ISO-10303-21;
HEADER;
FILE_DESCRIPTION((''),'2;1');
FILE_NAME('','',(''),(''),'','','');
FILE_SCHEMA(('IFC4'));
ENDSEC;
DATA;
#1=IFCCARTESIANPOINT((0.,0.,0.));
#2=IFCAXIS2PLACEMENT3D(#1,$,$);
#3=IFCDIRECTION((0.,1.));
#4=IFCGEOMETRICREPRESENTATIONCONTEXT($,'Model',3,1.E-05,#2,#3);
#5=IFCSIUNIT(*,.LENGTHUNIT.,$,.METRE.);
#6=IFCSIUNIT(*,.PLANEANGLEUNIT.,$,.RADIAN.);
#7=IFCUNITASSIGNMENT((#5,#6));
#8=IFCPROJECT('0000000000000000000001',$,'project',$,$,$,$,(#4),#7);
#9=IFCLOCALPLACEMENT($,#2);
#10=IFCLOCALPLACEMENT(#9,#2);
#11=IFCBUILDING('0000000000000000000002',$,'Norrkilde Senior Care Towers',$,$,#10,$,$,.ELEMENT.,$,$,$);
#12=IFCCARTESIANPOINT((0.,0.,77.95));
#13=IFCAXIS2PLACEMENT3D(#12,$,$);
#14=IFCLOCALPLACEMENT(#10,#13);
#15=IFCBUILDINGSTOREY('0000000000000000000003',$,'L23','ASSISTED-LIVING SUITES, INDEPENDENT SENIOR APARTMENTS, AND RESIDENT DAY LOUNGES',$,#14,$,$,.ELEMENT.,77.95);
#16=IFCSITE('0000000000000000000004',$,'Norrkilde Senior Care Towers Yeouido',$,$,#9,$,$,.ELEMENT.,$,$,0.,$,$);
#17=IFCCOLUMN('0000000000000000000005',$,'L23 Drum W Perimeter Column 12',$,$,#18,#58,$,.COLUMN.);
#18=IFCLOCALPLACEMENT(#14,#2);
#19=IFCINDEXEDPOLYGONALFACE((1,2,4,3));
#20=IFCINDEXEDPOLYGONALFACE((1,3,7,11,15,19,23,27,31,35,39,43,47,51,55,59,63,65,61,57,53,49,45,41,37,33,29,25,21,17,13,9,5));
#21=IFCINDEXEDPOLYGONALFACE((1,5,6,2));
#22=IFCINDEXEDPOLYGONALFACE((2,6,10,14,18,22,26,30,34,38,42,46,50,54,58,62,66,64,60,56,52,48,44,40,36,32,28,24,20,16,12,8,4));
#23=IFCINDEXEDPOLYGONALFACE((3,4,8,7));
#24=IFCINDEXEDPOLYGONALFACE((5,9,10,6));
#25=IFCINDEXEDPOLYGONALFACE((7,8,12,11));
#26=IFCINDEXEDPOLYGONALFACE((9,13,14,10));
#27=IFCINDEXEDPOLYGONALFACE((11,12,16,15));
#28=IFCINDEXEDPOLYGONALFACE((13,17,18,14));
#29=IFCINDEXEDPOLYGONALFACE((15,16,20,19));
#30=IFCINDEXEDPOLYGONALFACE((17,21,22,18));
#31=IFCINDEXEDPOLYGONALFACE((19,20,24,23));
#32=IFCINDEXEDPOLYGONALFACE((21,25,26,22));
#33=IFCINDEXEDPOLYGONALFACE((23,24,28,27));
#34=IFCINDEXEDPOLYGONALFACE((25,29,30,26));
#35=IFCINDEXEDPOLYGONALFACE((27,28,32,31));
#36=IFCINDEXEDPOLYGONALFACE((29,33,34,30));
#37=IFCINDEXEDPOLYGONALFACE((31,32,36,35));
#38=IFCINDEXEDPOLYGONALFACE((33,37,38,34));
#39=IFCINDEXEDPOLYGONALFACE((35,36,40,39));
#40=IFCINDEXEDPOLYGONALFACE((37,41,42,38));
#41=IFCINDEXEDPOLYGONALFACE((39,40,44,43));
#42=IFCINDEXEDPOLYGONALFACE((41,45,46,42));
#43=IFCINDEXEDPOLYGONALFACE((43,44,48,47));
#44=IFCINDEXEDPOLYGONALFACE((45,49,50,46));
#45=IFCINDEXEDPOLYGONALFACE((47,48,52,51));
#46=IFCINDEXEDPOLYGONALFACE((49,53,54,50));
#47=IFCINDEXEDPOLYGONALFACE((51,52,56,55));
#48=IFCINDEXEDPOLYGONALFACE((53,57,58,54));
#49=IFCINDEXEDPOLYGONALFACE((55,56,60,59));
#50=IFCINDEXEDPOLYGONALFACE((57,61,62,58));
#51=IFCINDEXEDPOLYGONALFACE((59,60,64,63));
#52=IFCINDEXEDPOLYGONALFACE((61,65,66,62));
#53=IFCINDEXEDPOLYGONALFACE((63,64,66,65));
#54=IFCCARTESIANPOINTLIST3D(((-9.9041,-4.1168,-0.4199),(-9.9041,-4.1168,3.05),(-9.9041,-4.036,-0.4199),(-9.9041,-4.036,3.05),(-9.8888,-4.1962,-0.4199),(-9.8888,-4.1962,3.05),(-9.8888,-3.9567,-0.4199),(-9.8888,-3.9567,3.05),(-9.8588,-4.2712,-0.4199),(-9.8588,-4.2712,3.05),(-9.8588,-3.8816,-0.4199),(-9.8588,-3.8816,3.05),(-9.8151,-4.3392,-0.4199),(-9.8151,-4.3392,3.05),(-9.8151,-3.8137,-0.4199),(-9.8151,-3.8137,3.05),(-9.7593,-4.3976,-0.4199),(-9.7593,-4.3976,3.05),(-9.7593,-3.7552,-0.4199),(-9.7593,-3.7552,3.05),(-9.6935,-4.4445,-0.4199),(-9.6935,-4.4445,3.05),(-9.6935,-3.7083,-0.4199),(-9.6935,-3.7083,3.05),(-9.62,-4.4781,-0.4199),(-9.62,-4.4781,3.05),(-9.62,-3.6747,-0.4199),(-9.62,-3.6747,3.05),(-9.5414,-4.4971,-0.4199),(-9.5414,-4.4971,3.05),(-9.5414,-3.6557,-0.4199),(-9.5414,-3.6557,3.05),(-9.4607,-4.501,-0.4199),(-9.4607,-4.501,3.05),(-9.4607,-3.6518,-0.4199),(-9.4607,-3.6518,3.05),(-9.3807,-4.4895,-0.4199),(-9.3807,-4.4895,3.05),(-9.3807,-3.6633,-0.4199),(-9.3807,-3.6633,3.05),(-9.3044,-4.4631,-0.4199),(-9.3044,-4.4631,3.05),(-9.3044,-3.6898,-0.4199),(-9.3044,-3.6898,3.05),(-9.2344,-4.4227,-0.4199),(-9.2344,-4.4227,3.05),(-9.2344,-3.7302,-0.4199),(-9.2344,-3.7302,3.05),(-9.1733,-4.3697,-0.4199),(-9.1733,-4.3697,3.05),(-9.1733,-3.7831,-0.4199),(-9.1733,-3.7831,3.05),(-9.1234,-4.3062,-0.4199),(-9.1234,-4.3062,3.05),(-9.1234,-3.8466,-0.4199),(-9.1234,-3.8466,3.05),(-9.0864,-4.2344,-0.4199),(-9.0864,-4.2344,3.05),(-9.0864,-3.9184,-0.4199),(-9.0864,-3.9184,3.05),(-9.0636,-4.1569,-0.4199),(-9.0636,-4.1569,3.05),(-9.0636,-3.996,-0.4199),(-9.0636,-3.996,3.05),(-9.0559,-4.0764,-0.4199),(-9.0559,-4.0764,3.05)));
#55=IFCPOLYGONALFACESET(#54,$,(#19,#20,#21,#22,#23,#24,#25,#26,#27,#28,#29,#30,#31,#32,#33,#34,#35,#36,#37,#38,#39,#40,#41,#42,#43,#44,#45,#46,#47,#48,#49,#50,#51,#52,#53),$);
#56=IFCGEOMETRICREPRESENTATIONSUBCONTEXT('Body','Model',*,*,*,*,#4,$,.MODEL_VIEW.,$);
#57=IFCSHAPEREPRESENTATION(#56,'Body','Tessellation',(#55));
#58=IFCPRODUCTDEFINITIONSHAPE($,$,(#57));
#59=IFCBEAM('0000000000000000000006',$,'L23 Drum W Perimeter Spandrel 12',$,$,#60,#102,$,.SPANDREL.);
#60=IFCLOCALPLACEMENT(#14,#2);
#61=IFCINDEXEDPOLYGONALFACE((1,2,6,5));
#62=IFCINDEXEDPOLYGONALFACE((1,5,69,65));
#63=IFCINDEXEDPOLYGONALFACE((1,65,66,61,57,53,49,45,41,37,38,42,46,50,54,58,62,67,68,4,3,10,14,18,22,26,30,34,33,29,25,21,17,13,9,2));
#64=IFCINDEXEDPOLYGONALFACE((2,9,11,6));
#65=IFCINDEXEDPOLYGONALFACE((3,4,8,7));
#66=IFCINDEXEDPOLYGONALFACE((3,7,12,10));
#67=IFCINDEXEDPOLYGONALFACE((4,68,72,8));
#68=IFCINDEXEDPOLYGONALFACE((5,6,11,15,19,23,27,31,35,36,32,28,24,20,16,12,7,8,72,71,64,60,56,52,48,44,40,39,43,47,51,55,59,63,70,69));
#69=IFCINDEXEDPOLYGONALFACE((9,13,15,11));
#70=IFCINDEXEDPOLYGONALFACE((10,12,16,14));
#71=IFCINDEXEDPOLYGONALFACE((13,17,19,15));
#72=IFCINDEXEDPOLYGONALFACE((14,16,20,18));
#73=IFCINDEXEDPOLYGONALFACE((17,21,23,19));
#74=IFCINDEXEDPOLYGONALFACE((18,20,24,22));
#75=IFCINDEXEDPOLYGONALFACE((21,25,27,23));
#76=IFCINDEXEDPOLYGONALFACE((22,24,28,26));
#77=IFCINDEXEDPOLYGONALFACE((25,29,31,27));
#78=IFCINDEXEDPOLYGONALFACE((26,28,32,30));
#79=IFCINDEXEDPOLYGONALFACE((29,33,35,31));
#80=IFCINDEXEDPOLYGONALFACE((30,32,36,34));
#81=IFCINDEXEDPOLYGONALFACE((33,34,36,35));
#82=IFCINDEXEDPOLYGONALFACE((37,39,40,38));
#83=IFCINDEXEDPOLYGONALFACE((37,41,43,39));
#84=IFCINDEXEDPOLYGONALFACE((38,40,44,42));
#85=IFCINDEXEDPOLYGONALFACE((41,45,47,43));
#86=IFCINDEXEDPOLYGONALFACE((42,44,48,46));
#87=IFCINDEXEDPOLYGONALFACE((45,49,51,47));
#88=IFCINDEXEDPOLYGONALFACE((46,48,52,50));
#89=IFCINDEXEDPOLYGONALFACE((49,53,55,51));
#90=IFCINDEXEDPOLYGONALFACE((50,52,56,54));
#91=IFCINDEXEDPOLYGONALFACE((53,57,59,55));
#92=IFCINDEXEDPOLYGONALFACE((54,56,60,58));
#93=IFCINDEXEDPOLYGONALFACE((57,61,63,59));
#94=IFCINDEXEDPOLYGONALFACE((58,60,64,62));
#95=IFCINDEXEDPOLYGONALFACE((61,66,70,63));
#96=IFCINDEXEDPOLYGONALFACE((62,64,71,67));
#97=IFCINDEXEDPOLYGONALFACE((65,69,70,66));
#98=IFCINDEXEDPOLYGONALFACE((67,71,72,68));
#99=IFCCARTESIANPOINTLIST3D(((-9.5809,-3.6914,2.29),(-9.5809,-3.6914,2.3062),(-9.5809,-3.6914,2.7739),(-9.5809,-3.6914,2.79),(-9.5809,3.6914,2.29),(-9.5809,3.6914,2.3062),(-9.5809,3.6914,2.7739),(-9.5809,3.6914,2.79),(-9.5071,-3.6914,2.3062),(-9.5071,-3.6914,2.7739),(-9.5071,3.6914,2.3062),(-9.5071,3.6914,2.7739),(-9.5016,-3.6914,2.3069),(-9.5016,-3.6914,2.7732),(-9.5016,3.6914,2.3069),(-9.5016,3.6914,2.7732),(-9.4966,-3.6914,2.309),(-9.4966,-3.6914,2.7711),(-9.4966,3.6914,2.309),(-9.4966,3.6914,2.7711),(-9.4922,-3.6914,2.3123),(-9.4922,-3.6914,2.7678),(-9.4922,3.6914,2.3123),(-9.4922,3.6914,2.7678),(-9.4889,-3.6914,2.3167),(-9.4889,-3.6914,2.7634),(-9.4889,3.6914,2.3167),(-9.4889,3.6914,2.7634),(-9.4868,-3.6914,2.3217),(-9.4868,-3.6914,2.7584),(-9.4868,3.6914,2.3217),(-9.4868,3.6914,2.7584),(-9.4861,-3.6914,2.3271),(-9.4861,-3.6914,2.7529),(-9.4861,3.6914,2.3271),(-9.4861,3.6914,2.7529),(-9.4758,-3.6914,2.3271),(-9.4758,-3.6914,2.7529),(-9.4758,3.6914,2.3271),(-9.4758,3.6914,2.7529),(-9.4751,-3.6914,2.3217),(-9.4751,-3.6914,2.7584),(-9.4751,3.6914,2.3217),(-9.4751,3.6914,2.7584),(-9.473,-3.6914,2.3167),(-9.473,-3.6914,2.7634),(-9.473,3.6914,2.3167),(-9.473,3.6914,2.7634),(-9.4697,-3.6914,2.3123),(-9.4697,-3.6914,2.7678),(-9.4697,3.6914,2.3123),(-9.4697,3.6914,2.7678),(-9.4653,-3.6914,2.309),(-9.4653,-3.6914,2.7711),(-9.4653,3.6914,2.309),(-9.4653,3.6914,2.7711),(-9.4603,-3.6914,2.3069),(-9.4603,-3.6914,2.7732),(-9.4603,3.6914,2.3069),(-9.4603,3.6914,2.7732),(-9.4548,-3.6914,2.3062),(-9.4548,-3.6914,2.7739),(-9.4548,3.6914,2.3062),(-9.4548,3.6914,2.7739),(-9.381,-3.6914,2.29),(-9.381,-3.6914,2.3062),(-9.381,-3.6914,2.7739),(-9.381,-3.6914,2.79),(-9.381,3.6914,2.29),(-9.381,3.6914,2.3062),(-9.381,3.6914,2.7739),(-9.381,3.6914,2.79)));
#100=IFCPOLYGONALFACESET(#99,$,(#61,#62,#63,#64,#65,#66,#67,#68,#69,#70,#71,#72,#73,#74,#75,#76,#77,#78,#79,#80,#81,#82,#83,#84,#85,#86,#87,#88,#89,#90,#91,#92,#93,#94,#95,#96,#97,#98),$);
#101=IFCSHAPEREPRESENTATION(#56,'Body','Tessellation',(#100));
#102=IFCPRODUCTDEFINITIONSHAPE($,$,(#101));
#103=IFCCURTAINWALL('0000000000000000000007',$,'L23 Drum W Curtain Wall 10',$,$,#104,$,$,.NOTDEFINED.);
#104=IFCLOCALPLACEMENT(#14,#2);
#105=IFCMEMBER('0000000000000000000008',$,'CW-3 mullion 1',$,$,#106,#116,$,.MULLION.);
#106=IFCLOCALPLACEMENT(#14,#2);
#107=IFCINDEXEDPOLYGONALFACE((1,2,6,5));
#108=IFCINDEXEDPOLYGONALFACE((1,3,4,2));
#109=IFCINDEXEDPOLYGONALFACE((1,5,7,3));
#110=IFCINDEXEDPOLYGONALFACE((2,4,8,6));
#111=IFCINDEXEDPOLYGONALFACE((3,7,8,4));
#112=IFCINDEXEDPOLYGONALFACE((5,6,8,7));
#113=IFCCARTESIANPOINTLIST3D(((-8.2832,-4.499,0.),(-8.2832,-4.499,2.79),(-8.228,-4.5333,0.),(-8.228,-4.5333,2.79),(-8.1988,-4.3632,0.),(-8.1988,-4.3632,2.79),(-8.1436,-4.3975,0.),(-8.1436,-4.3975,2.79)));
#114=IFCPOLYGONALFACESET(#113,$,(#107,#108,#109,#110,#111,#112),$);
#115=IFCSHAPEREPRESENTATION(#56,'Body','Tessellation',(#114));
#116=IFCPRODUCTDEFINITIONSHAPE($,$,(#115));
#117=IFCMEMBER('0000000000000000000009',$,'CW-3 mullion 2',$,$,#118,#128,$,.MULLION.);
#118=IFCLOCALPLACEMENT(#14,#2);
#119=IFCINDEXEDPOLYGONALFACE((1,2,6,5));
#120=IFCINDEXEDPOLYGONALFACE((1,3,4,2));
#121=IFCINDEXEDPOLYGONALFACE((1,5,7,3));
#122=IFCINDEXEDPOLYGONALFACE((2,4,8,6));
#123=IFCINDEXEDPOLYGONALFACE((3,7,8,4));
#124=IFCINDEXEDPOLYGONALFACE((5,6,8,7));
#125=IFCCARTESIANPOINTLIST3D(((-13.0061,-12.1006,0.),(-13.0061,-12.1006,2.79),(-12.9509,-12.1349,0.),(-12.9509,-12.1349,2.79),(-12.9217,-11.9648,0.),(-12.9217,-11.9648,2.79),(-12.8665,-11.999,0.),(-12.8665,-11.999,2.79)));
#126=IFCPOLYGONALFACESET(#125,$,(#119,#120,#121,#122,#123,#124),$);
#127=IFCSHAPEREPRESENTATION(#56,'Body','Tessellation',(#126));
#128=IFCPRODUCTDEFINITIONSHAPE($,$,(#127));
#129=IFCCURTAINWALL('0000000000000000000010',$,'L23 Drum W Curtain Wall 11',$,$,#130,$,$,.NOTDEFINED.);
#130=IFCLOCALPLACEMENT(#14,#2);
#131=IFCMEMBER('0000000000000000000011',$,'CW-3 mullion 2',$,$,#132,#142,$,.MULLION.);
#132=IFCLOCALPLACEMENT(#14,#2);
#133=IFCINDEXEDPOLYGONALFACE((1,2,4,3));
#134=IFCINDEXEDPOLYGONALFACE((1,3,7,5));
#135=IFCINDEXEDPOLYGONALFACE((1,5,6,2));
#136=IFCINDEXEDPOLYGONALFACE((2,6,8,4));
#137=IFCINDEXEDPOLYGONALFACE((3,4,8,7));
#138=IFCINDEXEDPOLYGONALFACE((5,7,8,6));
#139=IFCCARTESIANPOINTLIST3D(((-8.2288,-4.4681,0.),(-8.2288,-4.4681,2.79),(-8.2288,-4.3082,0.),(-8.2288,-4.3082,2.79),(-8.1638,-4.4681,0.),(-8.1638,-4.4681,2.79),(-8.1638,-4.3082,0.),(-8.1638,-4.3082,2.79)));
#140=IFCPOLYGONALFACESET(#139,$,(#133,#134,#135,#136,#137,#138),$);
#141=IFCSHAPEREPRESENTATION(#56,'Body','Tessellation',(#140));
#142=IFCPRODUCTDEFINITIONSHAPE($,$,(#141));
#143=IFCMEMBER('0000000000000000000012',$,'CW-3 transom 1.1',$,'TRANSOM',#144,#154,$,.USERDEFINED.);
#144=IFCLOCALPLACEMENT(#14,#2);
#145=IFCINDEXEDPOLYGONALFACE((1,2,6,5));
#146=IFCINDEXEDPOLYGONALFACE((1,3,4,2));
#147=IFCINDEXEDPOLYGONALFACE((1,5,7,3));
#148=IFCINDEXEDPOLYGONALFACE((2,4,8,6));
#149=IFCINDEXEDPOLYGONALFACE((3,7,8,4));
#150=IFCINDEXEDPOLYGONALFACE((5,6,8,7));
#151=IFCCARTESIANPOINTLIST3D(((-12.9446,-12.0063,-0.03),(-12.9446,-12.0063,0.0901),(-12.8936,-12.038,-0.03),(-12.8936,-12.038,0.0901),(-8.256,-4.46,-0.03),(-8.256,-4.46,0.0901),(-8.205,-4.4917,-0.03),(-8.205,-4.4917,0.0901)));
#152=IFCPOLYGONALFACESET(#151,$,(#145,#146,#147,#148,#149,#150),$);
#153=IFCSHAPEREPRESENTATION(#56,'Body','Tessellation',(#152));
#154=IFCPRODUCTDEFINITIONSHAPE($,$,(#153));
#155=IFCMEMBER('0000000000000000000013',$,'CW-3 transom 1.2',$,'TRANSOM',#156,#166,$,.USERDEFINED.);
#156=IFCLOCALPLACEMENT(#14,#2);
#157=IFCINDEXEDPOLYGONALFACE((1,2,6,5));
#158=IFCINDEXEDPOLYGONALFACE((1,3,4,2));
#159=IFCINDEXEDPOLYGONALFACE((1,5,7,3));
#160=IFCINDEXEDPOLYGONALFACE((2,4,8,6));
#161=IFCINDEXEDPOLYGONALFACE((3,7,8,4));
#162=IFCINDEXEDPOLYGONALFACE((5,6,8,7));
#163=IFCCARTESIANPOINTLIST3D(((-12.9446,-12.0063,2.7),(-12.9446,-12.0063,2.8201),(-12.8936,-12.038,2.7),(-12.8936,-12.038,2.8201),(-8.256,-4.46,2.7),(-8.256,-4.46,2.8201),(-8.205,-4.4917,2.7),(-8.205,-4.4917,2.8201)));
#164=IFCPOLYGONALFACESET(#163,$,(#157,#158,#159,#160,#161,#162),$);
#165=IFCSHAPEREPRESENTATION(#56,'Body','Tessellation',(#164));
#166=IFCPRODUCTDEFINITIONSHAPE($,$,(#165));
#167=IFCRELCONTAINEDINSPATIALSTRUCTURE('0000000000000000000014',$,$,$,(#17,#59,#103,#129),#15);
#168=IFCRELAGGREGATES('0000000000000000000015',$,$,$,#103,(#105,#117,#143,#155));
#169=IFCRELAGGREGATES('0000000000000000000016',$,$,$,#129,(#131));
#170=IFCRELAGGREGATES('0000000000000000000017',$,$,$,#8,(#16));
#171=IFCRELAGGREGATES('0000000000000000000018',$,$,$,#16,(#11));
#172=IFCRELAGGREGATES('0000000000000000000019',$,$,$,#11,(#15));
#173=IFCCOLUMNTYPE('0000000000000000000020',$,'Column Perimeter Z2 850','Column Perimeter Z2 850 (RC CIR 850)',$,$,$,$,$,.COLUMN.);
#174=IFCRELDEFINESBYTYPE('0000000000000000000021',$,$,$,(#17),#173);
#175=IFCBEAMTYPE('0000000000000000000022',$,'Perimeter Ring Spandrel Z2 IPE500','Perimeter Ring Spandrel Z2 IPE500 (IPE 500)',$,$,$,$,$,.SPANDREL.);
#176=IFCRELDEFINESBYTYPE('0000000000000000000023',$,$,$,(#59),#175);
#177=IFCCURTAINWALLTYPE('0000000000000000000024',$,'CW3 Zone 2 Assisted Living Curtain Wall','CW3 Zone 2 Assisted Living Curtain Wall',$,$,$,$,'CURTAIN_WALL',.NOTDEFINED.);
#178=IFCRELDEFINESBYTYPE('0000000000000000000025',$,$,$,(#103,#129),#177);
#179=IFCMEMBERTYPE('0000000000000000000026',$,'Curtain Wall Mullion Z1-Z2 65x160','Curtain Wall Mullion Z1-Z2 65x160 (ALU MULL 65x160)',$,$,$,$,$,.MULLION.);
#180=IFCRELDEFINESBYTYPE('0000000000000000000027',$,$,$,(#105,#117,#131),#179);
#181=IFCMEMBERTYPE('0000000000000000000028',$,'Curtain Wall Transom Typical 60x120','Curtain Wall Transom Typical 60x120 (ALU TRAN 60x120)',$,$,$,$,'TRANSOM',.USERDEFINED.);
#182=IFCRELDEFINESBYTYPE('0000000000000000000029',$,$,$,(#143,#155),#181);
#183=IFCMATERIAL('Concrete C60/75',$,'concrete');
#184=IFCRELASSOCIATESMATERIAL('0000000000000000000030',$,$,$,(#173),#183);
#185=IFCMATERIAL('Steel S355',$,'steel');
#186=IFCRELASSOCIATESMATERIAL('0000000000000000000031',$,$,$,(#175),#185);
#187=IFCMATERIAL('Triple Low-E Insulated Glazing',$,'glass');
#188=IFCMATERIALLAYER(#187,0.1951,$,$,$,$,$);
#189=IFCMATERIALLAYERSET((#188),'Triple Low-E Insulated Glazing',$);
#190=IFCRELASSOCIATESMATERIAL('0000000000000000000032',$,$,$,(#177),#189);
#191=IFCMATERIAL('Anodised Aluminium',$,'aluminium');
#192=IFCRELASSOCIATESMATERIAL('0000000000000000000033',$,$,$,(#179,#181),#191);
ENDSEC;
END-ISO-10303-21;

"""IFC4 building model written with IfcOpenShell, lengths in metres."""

from ifc_helpers import new_model, si_unit, direction, frame, origin, origin_2d, place, context, subcontext, project, spatial, rectangle, circle, i_section, extrude, source, transform, mapped, material, layer, layer_set, material_profile, profile_set, type_object, type_shapes, element, aggregate, save


model = new_model("IFC4")

# Units and contexts
model_context = context("Model", 3, precision=1e-05, world=origin(), true_north=direction((0.0, 1.0)))
body_context = subcontext(model_context, "Body", "Model", "MODEL_VIEW")
ifc_project = project(units=[si_unit("LENGTHUNIT", "METRE"), si_unit("PLANEANGLEUNIT", "RADIAN")], contexts=[model_context])

# Site, building, storey
site_placement = place(None, origin())
site = spatial("IfcSite", under=ifc_project, at=site_placement, Name="Norrkilde Senior Care Towers Yeouido", CompositionType="ELEMENT", RefElevation=0.0)
building_placement = place(site_placement, origin())
building = spatial("IfcBuilding", under=site, at=building_placement, Name="Norrkilde Senior Care Towers", CompositionType="ELEMENT")
storey_placement = place(building_placement, frame((0.0, 0.0, 77.95)))
storey = spatial("IfcBuildingStorey", under=building, at=storey_placement, Name="L23", Description="ASSISTED-LIVING SUITES, INDEPENDENT SENIOR APARTMENTS, AND RESIDENT DAY LOUNGES", CompositionType="ELEMENT", Elevation=77.95)

# Column
ifc_material_1 = material(Name="Concrete C60/75", Category="concrete")
ifc_material_profile_1 = material_profile(ifc_material_1, circle(Radius=0.425, at=origin_2d()), Name="RC CIR 850")
ifc_profile_set_1 = profile_set([ifc_material_profile_1], Name="Concrete C60/75")
column_type = type_object("IfcColumnType", Name="Column Perimeter Z2 850", Description="Column Perimeter Z2 850 (RC CIR 850)", PredefinedType="COLUMN", material=ifc_profile_set_1)
shared_shape_1 = source(origin(), body_context, "Body", "SweptSolid", [
    extrude(circle(Radius=0.425, at=origin_2d()), origin(), (0.0, 0.0, 1.0), 3.47),
])
type_shapes(column_type, [shared_shape_1])
column_placement = place(storey_placement, frame((-9.481, -4.0764, -0.4199), z_axis=(0.0, 0.0, 1.0), x_axis=(1.0, 0.0, 0.0)))
element("IfcColumn", 1, at=column_placement, inside=storey, type_object=column_type, Name="L23 Drum W Perimeter Column 12", PredefinedType="COLUMN", context=body_context, shape_type="MappedRepresentation", body=[
    mapped(shared_shape_1, transform((0.0, 0.0, 0.0), x_axis=(1.0, 0.0, 0.0), y_axis=(0.0, 1.0, 0.0), z_axis=(0.0, 0.0, 1.0), scale=1.0)),
])

# Beam
ifc_material_2 = material(Name="Steel S355", Category="steel")
ifc_material_profile_2 = material_profile(ifc_material_2, i_section(OverallWidth=0.2, OverallDepth=0.5, WebThickness=0.0103, FlangeThickness=0.0161, FilletRadius=0.021, at=origin_2d()), Name="IPE 500")
ifc_profile_set_2 = profile_set([ifc_material_profile_2], Name="Steel S355")
beam_type = type_object("IfcBeamType", Name="Perimeter Ring Spandrel Z2 IPE500", Description="Perimeter Ring Spandrel Z2 IPE500 (IPE 500)", PredefinedType="SPANDREL", material=ifc_profile_set_2)
shared_shape_2 = source(origin(), body_context, "Body", "SweptSolid", [
    extrude(i_section(OverallWidth=0.2, OverallDepth=0.5, WebThickness=0.0103, FlangeThickness=0.0161, FilletRadius=0.021, at=origin_2d()), origin(), (0.0, 0.0, 1.0), 7.3828),
])
type_shapes(beam_type, [shared_shape_2])
beam_placement = place(storey_placement, frame((-9.481, -3.6914, 2.54), z_axis=(0.0, 1.0, 0.0), x_axis=(-1.0, 0.0, 0.0)))
element("IfcBeam", 2, at=beam_placement, inside=storey, type_object=beam_type, Name="L23 Drum W Perimeter Spandrel 12", PredefinedType="SPANDREL", context=body_context, shape_type="MappedRepresentation", body=[
    mapped(shared_shape_2, transform((0.0, 0.0, 0.0), x_axis=(1.0, 0.0, 0.0), y_axis=(0.0, 1.0, 0.0), z_axis=(0.0, 0.0, 1.0), scale=1.0)),
])

# Curtain wall, members
ifc_material_3 = material(Name="Triple Low-E Insulated Glazing", Category="glass")
ifc_layer_1 = layer(ifc_material_3, 0.1951)
ifc_layer_set_1 = layer_set([ifc_layer_1], Name="Triple Low-E Insulated Glazing")
curtain_wall_type = type_object("IfcCurtainWallType", Name="CW3 Zone 2 Assisted Living Curtain Wall", Description="CW3 Zone 2 Assisted Living Curtain Wall", ElementType="CURTAIN_WALL", PredefinedType="NOTDEFINED", material=ifc_layer_set_1)
curtain_wall_1_placement = place(storey_placement, origin())
curtain_wall_1 = element("IfcCurtainWall", 3, at=curtain_wall_1_placement, inside=storey, type_object=curtain_wall_type, Name="L23 Drum W Curtain Wall 10", PredefinedType="NOTDEFINED")
ifc_material_4 = material(Name="Anodised Aluminium", Category="aluminium")
ifc_material_profile_3 = material_profile(ifc_material_4, rectangle(XDim=0.0649, YDim=0.1599, at=origin_2d()), Name="ALU MULL 65x160")
ifc_profile_set_3 = profile_set([ifc_material_profile_3], Name="Anodised Aluminium")
member_type_1 = type_object("IfcMemberType", Name="Curtain Wall Mullion Z1-Z2 65x160", Description="Curtain Wall Mullion Z1-Z2 65x160 (ALU MULL 65x160)", PredefinedType="MULLION", material=ifc_profile_set_3)
shared_shape_3 = source(origin(), body_context, "Body", "SweptSolid", [
    extrude(rectangle(XDim=0.0649, YDim=0.1599, at=origin_2d()), origin(), (0.0, 0.0, 1.0), 2.79),
])
type_shapes(member_type_1, [shared_shape_3])
member_1_placement = place(storey_placement, frame((-8.2134, -4.4482, 0.0), z_axis=(0.0, 0.0, 1.0), x_axis=(0.84941, -0.527733, 0.0)))
member_1 = element("IfcMember", 4, at=member_1_placement, type_object=member_type_1, Name="CW-3 mullion 1", PredefinedType="MULLION", context=body_context, shape_type="MappedRepresentation", body=[
    mapped(shared_shape_3, transform((0.0, 0.0, 0.0), x_axis=(1.0, 0.0, 0.0), y_axis=(0.0, 1.0, 0.0), z_axis=(0.0, 0.0, 1.0), scale=1.0)),
])
member_2_placement = place(storey_placement, frame((-12.9363, -12.0498, 0.0), z_axis=(0.0, 0.0, 1.0), x_axis=(0.84941, -0.527733, 0.0)))
member_2 = element("IfcMember", 5, at=member_2_placement, type_object=member_type_1, Name="CW-3 mullion 2", PredefinedType="MULLION", context=body_context, shape_type="MappedRepresentation", body=[
    mapped(shared_shape_3, transform((0.0, 0.0, 0.0), x_axis=(1.0, 0.0, 0.0), y_axis=(0.0, 1.0, 0.0), z_axis=(0.0, 0.0, 1.0), scale=1.0)),
])

# Curtain wall, member
curtain_wall_2_placement = place(storey_placement, origin())
curtain_wall_2 = element("IfcCurtainWall", 6, at=curtain_wall_2_placement, inside=storey, type_object=curtain_wall_type, Name="L23 Drum W Curtain Wall 11", PredefinedType="NOTDEFINED")
member_3_placement = place(storey_placement, frame((-8.1963, -4.3882, 0.0), z_axis=(0.0, 0.0, 1.0), x_axis=(1.0, 0.0, 0.0)))
member_3 = element("IfcMember", 7, at=member_3_placement, type_object=member_type_1, Name="CW-3 mullion 2", PredefinedType="MULLION", context=body_context, shape_type="MappedRepresentation", body=[
    mapped(shared_shape_3, transform((0.0, 0.0, 0.0), x_axis=(1.0, 0.0, 0.0), y_axis=(0.0, 1.0, 0.0), z_axis=(0.0, 0.0, 1.0), scale=1.0)),
])

# Members
ifc_material_profile_4 = material_profile(ifc_material_4, rectangle(XDim=0.0601, YDim=0.1201, at=origin_2d()), Name="ALU TRAN 60x120")
ifc_profile_set_4 = profile_set([ifc_material_profile_4], Name="Anodised Aluminium")
member_type_2 = type_object("IfcMemberType", Name="Curtain Wall Transom Typical 60x120", Description="Curtain Wall Transom Typical 60x120 (ALU TRAN 60x120)", ElementType="TRANSOM", PredefinedType="USERDEFINED", material=ifc_profile_set_4)
shared_shape_4 = source(origin(), body_context, "Body", "SweptSolid", [
    extrude(rectangle(XDim=0.0601, YDim=0.1201, at=origin_2d()), origin(), (0.0, 0.0, 1.0), 8.8843),
])
type_shapes(member_type_2, [shared_shape_4])
member_4_placement = place(storey_placement, frame((-8.2305, -4.4758, 0.03), z_axis=(-0.527749, -0.8494, 0.0), x_axis=(0.8494, -0.527749, 0.0)))
member_4 = element("IfcMember", 8, at=member_4_placement, type_object=member_type_2, Name="CW-3 transom 1.1", ObjectType="TRANSOM", PredefinedType="USERDEFINED", context=body_context, shape_type="MappedRepresentation", body=[
    mapped(shared_shape_4, transform((0.0, 0.0, 0.0), x_axis=(1.0, 0.0, 0.0), y_axis=(0.0, 1.0, 0.0), z_axis=(0.0, 0.0, 1.0), scale=1.0)),
])
member_5_placement = place(storey_placement, frame((-8.2305, -4.4758, 2.76), z_axis=(-0.527749, -0.8494, 0.0), x_axis=(0.8494, -0.527749, 0.0)))
member_5 = element("IfcMember", 9, at=member_5_placement, type_object=member_type_2, Name="CW-3 transom 1.2", ObjectType="TRANSOM", PredefinedType="USERDEFINED", context=body_context, shape_type="MappedRepresentation", body=[
    mapped(shared_shape_4, transform((0.0, 0.0, 0.0), x_axis=(1.0, 0.0, 0.0), y_axis=(0.0, 1.0, 0.0), z_axis=(0.0, 0.0, 1.0), scale=1.0)),
])

aggregate(curtain_wall_1, [member_1, member_2, member_4, member_5])
aggregate(curtain_wall_2, [member_3])

save(model, "model.ifc")
